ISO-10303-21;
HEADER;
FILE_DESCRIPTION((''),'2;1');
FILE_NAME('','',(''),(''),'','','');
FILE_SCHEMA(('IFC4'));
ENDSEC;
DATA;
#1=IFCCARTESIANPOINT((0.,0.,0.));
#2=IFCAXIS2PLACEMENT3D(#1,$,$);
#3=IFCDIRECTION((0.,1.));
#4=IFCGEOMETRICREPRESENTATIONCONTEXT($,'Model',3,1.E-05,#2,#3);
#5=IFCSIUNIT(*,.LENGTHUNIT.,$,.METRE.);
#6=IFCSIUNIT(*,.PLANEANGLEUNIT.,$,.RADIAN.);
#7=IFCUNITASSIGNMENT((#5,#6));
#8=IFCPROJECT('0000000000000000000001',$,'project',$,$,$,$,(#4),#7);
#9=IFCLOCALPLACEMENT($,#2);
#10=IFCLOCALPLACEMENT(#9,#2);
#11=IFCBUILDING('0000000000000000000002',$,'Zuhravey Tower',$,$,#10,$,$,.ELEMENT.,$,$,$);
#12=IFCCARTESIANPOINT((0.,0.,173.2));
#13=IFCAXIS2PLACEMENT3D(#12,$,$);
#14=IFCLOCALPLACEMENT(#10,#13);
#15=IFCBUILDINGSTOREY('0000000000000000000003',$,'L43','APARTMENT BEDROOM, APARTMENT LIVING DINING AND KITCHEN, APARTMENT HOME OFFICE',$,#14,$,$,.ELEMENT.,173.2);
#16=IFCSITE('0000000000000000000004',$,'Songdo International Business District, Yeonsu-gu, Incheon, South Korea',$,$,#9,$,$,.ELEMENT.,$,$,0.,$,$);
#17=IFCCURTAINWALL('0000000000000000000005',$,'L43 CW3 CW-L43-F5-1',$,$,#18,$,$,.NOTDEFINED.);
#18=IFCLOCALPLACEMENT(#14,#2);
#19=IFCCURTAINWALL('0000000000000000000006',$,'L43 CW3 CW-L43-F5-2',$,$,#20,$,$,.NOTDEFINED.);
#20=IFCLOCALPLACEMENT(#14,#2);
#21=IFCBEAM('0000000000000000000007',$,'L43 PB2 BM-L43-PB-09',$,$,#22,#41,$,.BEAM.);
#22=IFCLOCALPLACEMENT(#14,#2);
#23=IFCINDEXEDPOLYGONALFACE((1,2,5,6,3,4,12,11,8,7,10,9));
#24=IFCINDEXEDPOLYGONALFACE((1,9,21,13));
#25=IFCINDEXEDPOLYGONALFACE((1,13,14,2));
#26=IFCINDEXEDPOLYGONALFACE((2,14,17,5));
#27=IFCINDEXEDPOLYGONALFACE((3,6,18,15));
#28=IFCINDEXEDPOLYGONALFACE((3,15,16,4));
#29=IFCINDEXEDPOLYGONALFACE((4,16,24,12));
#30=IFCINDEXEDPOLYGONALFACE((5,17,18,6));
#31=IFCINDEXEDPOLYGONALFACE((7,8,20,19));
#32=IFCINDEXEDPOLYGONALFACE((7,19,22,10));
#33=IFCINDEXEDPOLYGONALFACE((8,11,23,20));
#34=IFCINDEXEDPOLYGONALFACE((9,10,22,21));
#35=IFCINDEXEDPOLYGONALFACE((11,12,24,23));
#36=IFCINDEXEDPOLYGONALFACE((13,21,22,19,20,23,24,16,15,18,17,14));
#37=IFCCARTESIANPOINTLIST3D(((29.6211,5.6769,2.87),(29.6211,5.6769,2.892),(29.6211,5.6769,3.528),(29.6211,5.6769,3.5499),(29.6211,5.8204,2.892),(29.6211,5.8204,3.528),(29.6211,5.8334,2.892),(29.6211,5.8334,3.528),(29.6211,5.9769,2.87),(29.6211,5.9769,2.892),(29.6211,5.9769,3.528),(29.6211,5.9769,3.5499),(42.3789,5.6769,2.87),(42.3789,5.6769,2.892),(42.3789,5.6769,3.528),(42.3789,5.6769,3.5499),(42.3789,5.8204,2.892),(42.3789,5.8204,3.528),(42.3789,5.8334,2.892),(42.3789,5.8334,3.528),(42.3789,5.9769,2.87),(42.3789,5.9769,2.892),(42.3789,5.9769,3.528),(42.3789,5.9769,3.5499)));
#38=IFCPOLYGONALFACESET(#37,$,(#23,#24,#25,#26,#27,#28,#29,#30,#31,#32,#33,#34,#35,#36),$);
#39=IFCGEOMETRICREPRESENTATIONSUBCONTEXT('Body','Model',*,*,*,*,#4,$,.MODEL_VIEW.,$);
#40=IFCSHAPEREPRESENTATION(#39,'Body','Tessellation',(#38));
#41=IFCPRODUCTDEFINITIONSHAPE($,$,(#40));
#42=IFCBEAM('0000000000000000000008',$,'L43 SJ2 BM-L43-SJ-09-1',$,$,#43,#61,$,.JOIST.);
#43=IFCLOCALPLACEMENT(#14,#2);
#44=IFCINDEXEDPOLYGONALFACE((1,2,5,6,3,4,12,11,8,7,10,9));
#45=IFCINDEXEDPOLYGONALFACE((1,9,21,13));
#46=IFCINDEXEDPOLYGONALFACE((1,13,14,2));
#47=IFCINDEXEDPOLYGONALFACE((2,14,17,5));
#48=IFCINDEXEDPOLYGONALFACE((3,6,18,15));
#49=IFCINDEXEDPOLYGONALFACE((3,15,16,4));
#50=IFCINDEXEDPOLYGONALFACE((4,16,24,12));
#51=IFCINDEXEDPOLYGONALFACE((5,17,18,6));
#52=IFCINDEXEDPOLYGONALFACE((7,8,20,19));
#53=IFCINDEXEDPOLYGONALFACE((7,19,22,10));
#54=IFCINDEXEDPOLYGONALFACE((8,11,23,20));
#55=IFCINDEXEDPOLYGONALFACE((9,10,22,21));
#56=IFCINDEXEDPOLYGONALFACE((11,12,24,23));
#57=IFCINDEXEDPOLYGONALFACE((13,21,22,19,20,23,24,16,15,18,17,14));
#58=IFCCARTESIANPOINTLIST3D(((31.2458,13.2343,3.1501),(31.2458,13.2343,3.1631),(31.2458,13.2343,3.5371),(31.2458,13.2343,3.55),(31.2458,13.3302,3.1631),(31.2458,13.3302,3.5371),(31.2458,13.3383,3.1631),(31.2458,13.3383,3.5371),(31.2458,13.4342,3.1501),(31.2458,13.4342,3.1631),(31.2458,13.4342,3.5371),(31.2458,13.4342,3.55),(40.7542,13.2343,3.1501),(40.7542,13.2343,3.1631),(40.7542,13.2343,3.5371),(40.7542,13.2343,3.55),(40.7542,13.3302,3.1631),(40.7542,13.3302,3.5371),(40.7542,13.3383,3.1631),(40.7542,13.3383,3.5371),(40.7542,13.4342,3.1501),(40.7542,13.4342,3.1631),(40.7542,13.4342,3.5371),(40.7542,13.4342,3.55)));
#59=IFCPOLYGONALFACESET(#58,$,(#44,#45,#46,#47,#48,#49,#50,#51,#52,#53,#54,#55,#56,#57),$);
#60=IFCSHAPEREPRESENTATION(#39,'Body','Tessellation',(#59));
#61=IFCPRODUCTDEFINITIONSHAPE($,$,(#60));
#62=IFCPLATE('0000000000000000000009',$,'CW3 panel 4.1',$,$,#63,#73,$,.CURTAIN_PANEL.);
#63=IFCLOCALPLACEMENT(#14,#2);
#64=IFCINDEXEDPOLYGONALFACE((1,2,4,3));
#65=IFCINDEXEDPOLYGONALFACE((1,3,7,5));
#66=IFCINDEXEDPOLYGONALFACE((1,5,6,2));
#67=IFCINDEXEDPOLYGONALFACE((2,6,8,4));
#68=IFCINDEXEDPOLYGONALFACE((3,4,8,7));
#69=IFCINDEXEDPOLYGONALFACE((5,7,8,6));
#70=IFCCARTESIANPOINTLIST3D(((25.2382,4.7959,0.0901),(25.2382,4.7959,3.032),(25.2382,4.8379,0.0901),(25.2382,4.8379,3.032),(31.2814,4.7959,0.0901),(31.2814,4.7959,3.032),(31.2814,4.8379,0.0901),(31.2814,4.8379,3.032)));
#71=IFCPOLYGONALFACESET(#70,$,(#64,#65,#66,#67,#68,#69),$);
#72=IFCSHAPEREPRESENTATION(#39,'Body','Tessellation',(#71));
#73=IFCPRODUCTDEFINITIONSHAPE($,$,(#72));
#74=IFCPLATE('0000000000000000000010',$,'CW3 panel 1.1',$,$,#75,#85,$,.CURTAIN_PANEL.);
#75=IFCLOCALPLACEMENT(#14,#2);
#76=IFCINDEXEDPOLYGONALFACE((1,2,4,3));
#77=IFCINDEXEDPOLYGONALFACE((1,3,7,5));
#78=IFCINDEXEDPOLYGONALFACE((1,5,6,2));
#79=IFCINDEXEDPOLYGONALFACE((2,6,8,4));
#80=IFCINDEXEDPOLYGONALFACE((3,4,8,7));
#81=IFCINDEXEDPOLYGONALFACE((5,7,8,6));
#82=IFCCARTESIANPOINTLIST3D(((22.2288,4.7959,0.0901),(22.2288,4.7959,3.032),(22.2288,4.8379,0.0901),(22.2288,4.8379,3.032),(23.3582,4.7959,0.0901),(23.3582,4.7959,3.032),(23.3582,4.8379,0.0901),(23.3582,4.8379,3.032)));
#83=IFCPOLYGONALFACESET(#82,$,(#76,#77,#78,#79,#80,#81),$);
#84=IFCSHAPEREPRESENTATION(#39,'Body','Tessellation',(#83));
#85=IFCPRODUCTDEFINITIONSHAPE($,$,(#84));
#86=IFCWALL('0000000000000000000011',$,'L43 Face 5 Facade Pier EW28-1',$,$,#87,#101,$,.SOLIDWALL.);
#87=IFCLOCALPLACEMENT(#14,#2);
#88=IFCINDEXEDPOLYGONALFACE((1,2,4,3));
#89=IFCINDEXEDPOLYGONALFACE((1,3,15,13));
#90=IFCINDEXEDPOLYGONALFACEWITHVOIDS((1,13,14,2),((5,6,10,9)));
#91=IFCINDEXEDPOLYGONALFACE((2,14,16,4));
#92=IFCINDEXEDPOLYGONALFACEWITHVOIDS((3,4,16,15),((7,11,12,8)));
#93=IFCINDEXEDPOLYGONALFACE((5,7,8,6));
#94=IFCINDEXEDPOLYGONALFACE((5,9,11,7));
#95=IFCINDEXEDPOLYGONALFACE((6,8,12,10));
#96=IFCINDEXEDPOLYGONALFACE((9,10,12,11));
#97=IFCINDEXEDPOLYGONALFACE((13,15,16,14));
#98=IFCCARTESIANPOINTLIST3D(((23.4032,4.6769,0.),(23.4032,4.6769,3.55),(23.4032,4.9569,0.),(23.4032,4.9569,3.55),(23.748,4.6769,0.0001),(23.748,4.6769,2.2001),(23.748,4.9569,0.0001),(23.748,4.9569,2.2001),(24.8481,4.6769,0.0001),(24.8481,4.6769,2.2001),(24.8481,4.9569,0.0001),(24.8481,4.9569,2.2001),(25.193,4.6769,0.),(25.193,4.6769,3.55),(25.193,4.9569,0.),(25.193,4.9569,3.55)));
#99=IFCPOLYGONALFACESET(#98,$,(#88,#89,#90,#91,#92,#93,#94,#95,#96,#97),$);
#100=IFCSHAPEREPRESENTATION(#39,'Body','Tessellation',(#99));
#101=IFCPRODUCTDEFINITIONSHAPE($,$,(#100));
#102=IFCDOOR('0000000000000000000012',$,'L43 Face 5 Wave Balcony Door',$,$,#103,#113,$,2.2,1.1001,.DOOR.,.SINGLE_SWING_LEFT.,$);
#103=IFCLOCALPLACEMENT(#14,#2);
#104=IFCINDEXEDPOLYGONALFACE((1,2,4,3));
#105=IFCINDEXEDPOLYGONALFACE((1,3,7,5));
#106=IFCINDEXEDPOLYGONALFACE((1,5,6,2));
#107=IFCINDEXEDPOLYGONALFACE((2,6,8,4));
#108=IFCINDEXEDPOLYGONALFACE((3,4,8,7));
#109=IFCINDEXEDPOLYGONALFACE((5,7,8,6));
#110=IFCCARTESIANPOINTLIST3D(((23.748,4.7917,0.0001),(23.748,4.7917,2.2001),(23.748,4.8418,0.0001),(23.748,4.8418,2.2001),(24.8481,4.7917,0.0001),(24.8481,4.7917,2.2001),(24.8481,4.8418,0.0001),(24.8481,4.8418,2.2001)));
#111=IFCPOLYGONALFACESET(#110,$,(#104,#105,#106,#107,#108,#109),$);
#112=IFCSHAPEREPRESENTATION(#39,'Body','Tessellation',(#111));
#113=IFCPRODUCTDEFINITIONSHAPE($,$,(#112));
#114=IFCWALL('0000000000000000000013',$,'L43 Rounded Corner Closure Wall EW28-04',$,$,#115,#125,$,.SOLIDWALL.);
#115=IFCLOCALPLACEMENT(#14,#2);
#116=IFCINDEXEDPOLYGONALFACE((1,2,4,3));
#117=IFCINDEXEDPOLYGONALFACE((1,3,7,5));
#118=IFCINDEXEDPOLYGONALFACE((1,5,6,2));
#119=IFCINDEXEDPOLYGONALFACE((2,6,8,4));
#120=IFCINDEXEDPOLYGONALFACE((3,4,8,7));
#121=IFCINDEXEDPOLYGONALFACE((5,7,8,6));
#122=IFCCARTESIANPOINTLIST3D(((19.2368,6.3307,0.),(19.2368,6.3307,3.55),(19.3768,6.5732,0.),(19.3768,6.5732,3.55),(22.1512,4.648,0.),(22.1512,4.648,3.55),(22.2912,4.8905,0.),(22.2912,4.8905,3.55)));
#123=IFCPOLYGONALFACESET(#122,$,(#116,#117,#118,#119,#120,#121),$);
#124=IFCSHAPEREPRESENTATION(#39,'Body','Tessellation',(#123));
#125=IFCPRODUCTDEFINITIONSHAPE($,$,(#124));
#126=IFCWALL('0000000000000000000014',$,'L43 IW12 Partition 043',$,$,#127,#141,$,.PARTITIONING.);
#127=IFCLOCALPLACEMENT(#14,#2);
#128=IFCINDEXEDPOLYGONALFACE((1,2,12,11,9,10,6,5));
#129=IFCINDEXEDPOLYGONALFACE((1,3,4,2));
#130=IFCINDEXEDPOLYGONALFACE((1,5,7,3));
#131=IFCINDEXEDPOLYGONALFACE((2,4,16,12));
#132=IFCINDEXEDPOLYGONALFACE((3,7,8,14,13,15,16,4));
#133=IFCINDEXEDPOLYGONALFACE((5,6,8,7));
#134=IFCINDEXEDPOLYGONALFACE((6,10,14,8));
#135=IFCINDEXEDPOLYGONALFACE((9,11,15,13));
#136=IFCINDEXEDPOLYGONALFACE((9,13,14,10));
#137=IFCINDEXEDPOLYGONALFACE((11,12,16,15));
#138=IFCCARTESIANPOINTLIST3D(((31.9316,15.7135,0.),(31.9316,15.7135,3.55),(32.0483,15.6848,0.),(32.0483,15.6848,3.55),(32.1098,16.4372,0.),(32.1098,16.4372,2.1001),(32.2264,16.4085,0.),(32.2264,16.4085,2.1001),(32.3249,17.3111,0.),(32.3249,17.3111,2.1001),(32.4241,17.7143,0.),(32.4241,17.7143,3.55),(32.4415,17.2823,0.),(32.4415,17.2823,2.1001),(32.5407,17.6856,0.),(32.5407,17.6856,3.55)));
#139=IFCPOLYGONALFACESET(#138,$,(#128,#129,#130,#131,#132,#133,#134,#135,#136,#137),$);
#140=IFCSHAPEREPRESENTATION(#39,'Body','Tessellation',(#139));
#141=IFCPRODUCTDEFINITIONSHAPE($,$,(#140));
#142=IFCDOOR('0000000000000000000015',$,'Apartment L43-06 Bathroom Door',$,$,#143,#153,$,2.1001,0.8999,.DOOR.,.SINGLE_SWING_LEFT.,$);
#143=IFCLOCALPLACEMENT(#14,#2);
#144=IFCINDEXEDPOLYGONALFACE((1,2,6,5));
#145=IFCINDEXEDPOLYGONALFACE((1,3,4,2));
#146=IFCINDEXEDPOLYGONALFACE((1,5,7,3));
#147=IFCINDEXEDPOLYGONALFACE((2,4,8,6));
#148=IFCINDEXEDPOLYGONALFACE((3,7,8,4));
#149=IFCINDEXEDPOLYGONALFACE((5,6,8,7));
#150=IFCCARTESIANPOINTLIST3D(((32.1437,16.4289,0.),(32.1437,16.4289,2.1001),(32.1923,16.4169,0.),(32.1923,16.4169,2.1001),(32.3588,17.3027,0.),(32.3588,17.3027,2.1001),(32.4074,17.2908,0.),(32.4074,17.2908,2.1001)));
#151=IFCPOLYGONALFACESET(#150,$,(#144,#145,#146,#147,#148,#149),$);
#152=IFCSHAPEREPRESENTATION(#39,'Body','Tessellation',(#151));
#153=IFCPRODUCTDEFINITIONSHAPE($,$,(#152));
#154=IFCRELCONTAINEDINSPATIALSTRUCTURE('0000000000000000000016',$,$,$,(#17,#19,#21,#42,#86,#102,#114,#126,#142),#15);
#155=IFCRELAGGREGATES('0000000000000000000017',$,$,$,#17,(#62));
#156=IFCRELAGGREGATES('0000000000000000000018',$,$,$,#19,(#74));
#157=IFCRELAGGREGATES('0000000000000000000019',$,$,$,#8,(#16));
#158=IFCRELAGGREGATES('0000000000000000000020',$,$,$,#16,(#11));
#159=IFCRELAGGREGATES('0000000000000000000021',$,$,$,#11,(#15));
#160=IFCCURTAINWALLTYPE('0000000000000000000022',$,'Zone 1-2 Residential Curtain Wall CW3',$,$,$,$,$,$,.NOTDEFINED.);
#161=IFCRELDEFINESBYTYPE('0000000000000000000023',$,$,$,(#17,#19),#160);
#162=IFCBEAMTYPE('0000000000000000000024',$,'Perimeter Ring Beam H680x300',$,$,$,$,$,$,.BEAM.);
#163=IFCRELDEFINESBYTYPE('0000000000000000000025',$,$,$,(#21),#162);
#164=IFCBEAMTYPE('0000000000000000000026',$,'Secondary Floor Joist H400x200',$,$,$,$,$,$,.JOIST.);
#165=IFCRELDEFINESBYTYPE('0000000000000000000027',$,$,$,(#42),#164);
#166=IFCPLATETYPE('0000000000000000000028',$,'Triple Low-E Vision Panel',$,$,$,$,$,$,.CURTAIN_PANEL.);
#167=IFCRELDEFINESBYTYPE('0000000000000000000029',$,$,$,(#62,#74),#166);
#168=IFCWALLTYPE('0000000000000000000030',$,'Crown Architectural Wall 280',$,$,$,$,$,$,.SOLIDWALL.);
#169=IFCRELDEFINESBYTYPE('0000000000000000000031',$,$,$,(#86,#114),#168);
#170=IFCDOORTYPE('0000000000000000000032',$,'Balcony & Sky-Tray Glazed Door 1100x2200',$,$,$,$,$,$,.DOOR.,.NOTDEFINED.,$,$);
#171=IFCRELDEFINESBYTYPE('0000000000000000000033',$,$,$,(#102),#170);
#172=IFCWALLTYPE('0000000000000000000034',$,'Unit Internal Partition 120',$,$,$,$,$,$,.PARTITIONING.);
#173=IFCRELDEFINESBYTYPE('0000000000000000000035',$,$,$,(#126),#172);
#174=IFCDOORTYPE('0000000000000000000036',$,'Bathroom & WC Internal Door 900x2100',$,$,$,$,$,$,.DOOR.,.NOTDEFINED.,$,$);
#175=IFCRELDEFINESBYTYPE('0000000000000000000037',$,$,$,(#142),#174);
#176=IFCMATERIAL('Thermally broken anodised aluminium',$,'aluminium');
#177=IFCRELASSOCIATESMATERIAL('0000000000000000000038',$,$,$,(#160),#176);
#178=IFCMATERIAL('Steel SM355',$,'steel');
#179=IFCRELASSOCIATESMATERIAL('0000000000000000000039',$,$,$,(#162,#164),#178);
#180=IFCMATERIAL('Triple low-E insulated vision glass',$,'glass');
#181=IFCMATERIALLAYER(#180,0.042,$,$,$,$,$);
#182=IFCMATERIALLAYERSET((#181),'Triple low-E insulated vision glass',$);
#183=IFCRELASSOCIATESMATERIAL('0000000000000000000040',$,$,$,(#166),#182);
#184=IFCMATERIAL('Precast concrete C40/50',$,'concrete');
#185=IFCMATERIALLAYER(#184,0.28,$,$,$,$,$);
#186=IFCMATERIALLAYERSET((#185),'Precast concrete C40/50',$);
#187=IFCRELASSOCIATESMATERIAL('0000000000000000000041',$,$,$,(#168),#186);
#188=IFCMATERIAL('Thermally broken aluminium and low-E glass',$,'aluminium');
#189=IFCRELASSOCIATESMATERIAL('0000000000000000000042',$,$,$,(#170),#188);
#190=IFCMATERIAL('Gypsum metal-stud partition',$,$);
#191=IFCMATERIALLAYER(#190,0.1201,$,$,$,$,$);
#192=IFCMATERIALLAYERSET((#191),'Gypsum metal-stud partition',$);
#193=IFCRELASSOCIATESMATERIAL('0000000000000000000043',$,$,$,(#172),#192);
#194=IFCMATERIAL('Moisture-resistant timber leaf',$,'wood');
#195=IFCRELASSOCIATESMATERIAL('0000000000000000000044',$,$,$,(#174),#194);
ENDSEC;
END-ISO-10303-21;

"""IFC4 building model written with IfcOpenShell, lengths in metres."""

from ifc_helpers import new_model, si_unit, direction, frame, frame_2d, origin, origin_2d, place, context, subcontext, project, spatial, rectangle, i_section, extrude, material, layer, layer_set, material_profile, profile_set, type_object, element, fill, aggregate, save


model = new_model("IFC4")

# Units and contexts
model_context = context("Model", 3, precision=1e-05, world=origin(), true_north=direction((0.0, 1.0)))
body_context = subcontext(model_context, "Body", "Model", "MODEL_VIEW")
ifc_project = project(units=[si_unit("LENGTHUNIT", "METRE"), si_unit("PLANEANGLEUNIT", "RADIAN")], contexts=[model_context])

# Site, building, storey
site_placement = place(None, origin())
site = spatial("IfcSite", under=ifc_project, at=site_placement, Name="Songdo International Business District, Yeonsu-gu, Incheon, South Korea", CompositionType="ELEMENT", RefElevation=0.0)
building_placement = place(site_placement, origin())
building = spatial("IfcBuilding", under=site, at=building_placement, Name="Zuhravey Tower", CompositionType="ELEMENT")
storey_placement = place(building_placement, frame((0.0, 0.0, 173.2)))
storey = spatial("IfcBuildingStorey", under=building, at=storey_placement, Name="L43", Description="APARTMENT BEDROOM, APARTMENT LIVING DINING AND KITCHEN, APARTMENT HOME OFFICE", CompositionType="ELEMENT", Elevation=173.2)

# Curtain walls
ifc_material_1 = material(Name="Thermally broken anodised aluminium", Category="aluminium")
curtain_wall_type = type_object("IfcCurtainWallType", Name="Zone 1-2 Residential Curtain Wall CW3", PredefinedType="NOTDEFINED", material=ifc_material_1)
curtain_wall_1_placement = place(storey_placement, origin())
curtain_wall_1 = element("IfcCurtainWall", 1, at=curtain_wall_1_placement, inside=storey, type_object=curtain_wall_type, Name="L43 CW3 CW-L43-F5-1", PredefinedType="NOTDEFINED")
curtain_wall_2_placement = place(storey_placement, origin())
curtain_wall_2 = element("IfcCurtainWall", 2, at=curtain_wall_2_placement, inside=storey, type_object=curtain_wall_type, Name="L43 CW3 CW-L43-F5-2", PredefinedType="NOTDEFINED")

# Beams
ifc_material_2 = material(Name="Steel SM355", Category="steel")
ifc_material_profile_1 = material_profile(ifc_material_2, i_section(OverallWidth=0.3, OverallDepth=0.6799, WebThickness=0.0129, FlangeThickness=0.022, at=origin_2d()), Name="H-680x300x13x22")
ifc_profile_set_1 = profile_set([ifc_material_profile_1], Name="Steel SM355")
beam_type_1 = type_object("IfcBeamType", Name="Perimeter Ring Beam H680x300", PredefinedType="BEAM", material=ifc_profile_set_1)
beam_1_placement = place(storey_placement, frame((29.6211, 5.8269, 3.21), z_axis=(1.0, 0.0, 0.0), x_axis=(0.0, 1.0, 0.0)))
element("IfcBeam", 3, at=beam_1_placement, inside=storey, type_object=beam_type_1, Name="L43 PB2 BM-L43-PB-09", PredefinedType="BEAM", context=body_context, shape_type="SweptSolid", body=[
    extrude(i_section(OverallWidth=0.3, OverallDepth=0.6799, WebThickness=0.0129, FlangeThickness=0.022, at=origin_2d()), origin(), (0.0, 0.0, 1.0), 12.7578),
])
ifc_material_profile_2 = material_profile(ifc_material_2, i_section(OverallWidth=0.2, OverallDepth=0.3999, WebThickness=0.0081, FlangeThickness=0.0129, at=origin_2d()), Name="H-400x200x8x13")
ifc_profile_set_2 = profile_set([ifc_material_profile_2], Name="Steel SM355")
beam_type_2 = type_object("IfcBeamType", Name="Secondary Floor Joist H400x200", PredefinedType="JOIST", material=ifc_profile_set_2)
beam_2_placement = place(storey_placement, frame((31.2458, 13.3342, 3.3501), z_axis=(1.0, 0.0, 0.0), x_axis=(0.0, 1.0, 0.0)))
element("IfcBeam", 4, at=beam_2_placement, inside=storey, type_object=beam_type_2, Name="L43 SJ2 BM-L43-SJ-09-1", PredefinedType="JOIST", context=body_context, shape_type="SweptSolid", body=[
    extrude(i_section(OverallWidth=0.2, OverallDepth=0.3999, WebThickness=0.0081, FlangeThickness=0.0129, at=origin_2d()), origin(), (0.0, 0.0, 1.0), 9.5083),
])

# Plates
ifc_material_3 = material(Name="Triple low-E insulated vision glass", Category="glass")
ifc_layer_1 = layer(ifc_material_3, 0.042)
ifc_layer_set_1 = layer_set([ifc_layer_1], Name="Triple low-E insulated vision glass")
plate_type = type_object("IfcPlateType", Name="Triple Low-E Vision Panel", PredefinedType="CURTAIN_PANEL", material=ifc_layer_set_1)
plate_1_placement = place(storey_placement, frame((28.2598, 4.8169, 0.0901), z_axis=(0.0, 0.0, 1.0), x_axis=(-1.0, 0.0, 0.0)))
plate_1 = element("IfcPlate", 5, at=plate_1_placement, type_object=plate_type, Name="CW3 panel 4.1", PredefinedType="CURTAIN_PANEL", context=body_context, shape_type="SweptSolid", body=[
    extrude(rectangle(XDim=6.0432, YDim=0.042, at=origin_2d()), origin(), (0.0, 0.0, 1.0), 2.9419),
])
aggregate(curtain_wall_1, [plate_1])
plate_2_placement = place(storey_placement, frame((22.7935, 4.8169, 0.0901), z_axis=(0.0, 0.0, 1.0), x_axis=(-1.0, 0.0, 0.0)))
plate_2 = element("IfcPlate", 6, at=plate_2_placement, type_object=plate_type, Name="CW3 panel 1.1", PredefinedType="CURTAIN_PANEL", context=body_context, shape_type="SweptSolid", body=[
    extrude(rectangle(XDim=1.1294, YDim=0.042, at=origin_2d()), origin(), (0.0, 0.0, 1.0), 2.9419),
])
aggregate(curtain_wall_2, [plate_2])

# Wall, opening, door
ifc_material_4 = material(Name="Precast concrete C40/50", Category="concrete")
ifc_layer_2 = layer(ifc_material_4, 0.28)
ifc_layer_set_2 = layer_set([ifc_layer_2], Name="Precast concrete C40/50")
wall_type_1 = type_object("IfcWallType", Name="Crown Architectural Wall 280", PredefinedType="SOLIDWALL", material=ifc_layer_set_2)
wall_1_placement = place(storey_placement, frame((25.1931, 4.8169, 0.0), z_axis=(0.0, 0.0, 1.0), x_axis=(-1.0, 0.0, 0.0)))
wall_1 = element("IfcWall", 7, at=wall_1_placement, inside=storey, type_object=wall_type_1, Name="L43 Face 5 Facade Pier EW28-1", PredefinedType="SOLIDWALL", context=body_context, shape_type="SweptSolid", body=[
    extrude(rectangle(XDim=1.7898, YDim=0.28, at=frame_2d((0.895, 0.0))), origin(), (0.0, 0.0, 1.0), 3.55),
])
opening_1_placement = place(wall_1_placement, frame((0.345, 0.0, 0.0)))
opening_1 = element("IfcOpeningElement", 8, at=opening_1_placement, cuts=wall_1, PredefinedType="OPENING", context=body_context, shape_type="SweptSolid", body=[
    extrude(rectangle(XDim=1.1001, YDim=2.2, at=frame_2d((0.55, 1.1001))), frame((0.0, 0.1521, 0.0), z_axis=(0.0, -1.0, 0.0), x_axis=(1.0, 0.0, 0.0)), (0.0, 0.0, 1.0), 0.304),
])
ifc_material_5 = material(Name="Thermally broken aluminium and low-E glass", Category="aluminium")
door_type_1 = type_object("IfcDoorType", Name="Balcony & Sky-Tray Glazed Door 1100x2200", OperationType="NOTDEFINED", PredefinedType="DOOR", material=ifc_material_5)
door_1_placement = place(opening_1_placement, frame((1.1001, 0.0, 0.0), z_axis=(0.0, 0.0, 1.0), x_axis=(-1.0, 0.0, 0.0)))
door_1 = element("IfcDoor", 9, at=door_1_placement, inside=storey, type_object=door_type_1, Name="L43 Face 5 Wave Balcony Door", OperationType="SINGLE_SWING_LEFT", OverallHeight=2.2, OverallWidth=1.1001, PredefinedType="DOOR", context=body_context, shape_type="SweptSolid", body=[
    extrude(rectangle(XDim=1.1001, YDim=2.2, at=frame_2d((0.55, 1.1001))), frame((0.0, 0.0249, 0.0), z_axis=(0.0, -1.0, 0.0), x_axis=(1.0, 0.0, 0.0)), (0.0, 0.0, 1.0), 0.05),
])
fill(opening_1, door_1)

# Wall
wall_2_placement = place(storey_placement, frame((22.2212, 4.7693, 0.0), z_axis=(0.0, 0.0, 1.0), x_axis=(-0.86602, 0.500009, 0.0)))
element("IfcWall", 10, at=wall_2_placement, inside=storey, type_object=wall_type_1, Name="L43 Rounded Corner Closure Wall EW28-04", PredefinedType="SOLIDWALL", context=body_context, shape_type="SweptSolid", body=[
    extrude(rectangle(XDim=3.3652, YDim=0.28, at=frame_2d((1.6826, 0.0))), origin(), (0.0, 0.0, 1.0), 3.55),
])

# Wall, opening, door
ifc_material_6 = material(Name="Gypsum metal-stud partition")
ifc_layer_3 = layer(ifc_material_6, 0.1201)
ifc_layer_set_3 = layer_set([ifc_layer_3], Name="Gypsum metal-stud partition")
wall_type_2 = type_object("IfcWallType", Name="Unit Internal Partition 120", PredefinedType="PARTITIONING", material=ifc_layer_set_3)
wall_3_placement = place(storey_placement, frame((32.4824, 17.7, 0.0), z_axis=(0.0, 0.0, 1.0), x_axis=(-0.238993, -0.971021, 0.0)))
wall_3 = element("IfcWall", 11, at=wall_3_placement, inside=storey, type_object=wall_type_2, Name="L43 IW12 Partition 043", PredefinedType="PARTITIONING", context=body_context, shape_type="SweptSolid", body=[
    extrude(rectangle(XDim=2.0605, YDim=0.1201, at=frame_2d((1.0303, 0.0))), origin(), (0.0, 0.0, 1.0), 3.55),
])
opening_2_placement = place(wall_3_placement, frame((0.4153, 0.0, 0.0)))
opening_2 = element("IfcOpeningElement", 12, at=opening_2_placement, cuts=wall_3, PredefinedType="OPENING", context=body_context, shape_type="SweptSolid", body=[
    extrude(rectangle(XDim=0.8999, YDim=2.1001, at=frame_2d((0.45, 1.05))), frame((0.0, 0.072, 0.0), z_axis=(0.0, -1.0, 0.0), x_axis=(1.0, 0.0, 0.0)), (0.0, 0.0, 1.0), 0.144),
])
ifc_material_7 = material(Name="Moisture-resistant timber leaf", Category="wood")
door_type_2 = type_object("IfcDoorType", Name="Bathroom & WC Internal Door 900x2100", OperationType="NOTDEFINED", PredefinedType="DOOR", material=ifc_material_7)
door_2_placement = place(opening_2_placement, origin())
door_2 = element("IfcDoor", 13, at=door_2_placement, inside=storey, type_object=door_type_2, Name="Apartment L43-06 Bathroom Door", OperationType="SINGLE_SWING_LEFT", OverallHeight=2.1001, OverallWidth=0.8999, PredefinedType="DOOR", context=body_context, shape_type="SweptSolid", body=[
    extrude(rectangle(XDim=0.8999, YDim=2.1001, at=frame_2d((0.45, 1.05))), frame((0.0, 0.0249, 0.0), z_axis=(0.0, -1.0, 0.0), x_axis=(1.0, 0.0, 0.0)), (0.0, 0.0, 1.0), 0.05),
])
fill(opening_2, door_2)

save(model, "model.ifc")
